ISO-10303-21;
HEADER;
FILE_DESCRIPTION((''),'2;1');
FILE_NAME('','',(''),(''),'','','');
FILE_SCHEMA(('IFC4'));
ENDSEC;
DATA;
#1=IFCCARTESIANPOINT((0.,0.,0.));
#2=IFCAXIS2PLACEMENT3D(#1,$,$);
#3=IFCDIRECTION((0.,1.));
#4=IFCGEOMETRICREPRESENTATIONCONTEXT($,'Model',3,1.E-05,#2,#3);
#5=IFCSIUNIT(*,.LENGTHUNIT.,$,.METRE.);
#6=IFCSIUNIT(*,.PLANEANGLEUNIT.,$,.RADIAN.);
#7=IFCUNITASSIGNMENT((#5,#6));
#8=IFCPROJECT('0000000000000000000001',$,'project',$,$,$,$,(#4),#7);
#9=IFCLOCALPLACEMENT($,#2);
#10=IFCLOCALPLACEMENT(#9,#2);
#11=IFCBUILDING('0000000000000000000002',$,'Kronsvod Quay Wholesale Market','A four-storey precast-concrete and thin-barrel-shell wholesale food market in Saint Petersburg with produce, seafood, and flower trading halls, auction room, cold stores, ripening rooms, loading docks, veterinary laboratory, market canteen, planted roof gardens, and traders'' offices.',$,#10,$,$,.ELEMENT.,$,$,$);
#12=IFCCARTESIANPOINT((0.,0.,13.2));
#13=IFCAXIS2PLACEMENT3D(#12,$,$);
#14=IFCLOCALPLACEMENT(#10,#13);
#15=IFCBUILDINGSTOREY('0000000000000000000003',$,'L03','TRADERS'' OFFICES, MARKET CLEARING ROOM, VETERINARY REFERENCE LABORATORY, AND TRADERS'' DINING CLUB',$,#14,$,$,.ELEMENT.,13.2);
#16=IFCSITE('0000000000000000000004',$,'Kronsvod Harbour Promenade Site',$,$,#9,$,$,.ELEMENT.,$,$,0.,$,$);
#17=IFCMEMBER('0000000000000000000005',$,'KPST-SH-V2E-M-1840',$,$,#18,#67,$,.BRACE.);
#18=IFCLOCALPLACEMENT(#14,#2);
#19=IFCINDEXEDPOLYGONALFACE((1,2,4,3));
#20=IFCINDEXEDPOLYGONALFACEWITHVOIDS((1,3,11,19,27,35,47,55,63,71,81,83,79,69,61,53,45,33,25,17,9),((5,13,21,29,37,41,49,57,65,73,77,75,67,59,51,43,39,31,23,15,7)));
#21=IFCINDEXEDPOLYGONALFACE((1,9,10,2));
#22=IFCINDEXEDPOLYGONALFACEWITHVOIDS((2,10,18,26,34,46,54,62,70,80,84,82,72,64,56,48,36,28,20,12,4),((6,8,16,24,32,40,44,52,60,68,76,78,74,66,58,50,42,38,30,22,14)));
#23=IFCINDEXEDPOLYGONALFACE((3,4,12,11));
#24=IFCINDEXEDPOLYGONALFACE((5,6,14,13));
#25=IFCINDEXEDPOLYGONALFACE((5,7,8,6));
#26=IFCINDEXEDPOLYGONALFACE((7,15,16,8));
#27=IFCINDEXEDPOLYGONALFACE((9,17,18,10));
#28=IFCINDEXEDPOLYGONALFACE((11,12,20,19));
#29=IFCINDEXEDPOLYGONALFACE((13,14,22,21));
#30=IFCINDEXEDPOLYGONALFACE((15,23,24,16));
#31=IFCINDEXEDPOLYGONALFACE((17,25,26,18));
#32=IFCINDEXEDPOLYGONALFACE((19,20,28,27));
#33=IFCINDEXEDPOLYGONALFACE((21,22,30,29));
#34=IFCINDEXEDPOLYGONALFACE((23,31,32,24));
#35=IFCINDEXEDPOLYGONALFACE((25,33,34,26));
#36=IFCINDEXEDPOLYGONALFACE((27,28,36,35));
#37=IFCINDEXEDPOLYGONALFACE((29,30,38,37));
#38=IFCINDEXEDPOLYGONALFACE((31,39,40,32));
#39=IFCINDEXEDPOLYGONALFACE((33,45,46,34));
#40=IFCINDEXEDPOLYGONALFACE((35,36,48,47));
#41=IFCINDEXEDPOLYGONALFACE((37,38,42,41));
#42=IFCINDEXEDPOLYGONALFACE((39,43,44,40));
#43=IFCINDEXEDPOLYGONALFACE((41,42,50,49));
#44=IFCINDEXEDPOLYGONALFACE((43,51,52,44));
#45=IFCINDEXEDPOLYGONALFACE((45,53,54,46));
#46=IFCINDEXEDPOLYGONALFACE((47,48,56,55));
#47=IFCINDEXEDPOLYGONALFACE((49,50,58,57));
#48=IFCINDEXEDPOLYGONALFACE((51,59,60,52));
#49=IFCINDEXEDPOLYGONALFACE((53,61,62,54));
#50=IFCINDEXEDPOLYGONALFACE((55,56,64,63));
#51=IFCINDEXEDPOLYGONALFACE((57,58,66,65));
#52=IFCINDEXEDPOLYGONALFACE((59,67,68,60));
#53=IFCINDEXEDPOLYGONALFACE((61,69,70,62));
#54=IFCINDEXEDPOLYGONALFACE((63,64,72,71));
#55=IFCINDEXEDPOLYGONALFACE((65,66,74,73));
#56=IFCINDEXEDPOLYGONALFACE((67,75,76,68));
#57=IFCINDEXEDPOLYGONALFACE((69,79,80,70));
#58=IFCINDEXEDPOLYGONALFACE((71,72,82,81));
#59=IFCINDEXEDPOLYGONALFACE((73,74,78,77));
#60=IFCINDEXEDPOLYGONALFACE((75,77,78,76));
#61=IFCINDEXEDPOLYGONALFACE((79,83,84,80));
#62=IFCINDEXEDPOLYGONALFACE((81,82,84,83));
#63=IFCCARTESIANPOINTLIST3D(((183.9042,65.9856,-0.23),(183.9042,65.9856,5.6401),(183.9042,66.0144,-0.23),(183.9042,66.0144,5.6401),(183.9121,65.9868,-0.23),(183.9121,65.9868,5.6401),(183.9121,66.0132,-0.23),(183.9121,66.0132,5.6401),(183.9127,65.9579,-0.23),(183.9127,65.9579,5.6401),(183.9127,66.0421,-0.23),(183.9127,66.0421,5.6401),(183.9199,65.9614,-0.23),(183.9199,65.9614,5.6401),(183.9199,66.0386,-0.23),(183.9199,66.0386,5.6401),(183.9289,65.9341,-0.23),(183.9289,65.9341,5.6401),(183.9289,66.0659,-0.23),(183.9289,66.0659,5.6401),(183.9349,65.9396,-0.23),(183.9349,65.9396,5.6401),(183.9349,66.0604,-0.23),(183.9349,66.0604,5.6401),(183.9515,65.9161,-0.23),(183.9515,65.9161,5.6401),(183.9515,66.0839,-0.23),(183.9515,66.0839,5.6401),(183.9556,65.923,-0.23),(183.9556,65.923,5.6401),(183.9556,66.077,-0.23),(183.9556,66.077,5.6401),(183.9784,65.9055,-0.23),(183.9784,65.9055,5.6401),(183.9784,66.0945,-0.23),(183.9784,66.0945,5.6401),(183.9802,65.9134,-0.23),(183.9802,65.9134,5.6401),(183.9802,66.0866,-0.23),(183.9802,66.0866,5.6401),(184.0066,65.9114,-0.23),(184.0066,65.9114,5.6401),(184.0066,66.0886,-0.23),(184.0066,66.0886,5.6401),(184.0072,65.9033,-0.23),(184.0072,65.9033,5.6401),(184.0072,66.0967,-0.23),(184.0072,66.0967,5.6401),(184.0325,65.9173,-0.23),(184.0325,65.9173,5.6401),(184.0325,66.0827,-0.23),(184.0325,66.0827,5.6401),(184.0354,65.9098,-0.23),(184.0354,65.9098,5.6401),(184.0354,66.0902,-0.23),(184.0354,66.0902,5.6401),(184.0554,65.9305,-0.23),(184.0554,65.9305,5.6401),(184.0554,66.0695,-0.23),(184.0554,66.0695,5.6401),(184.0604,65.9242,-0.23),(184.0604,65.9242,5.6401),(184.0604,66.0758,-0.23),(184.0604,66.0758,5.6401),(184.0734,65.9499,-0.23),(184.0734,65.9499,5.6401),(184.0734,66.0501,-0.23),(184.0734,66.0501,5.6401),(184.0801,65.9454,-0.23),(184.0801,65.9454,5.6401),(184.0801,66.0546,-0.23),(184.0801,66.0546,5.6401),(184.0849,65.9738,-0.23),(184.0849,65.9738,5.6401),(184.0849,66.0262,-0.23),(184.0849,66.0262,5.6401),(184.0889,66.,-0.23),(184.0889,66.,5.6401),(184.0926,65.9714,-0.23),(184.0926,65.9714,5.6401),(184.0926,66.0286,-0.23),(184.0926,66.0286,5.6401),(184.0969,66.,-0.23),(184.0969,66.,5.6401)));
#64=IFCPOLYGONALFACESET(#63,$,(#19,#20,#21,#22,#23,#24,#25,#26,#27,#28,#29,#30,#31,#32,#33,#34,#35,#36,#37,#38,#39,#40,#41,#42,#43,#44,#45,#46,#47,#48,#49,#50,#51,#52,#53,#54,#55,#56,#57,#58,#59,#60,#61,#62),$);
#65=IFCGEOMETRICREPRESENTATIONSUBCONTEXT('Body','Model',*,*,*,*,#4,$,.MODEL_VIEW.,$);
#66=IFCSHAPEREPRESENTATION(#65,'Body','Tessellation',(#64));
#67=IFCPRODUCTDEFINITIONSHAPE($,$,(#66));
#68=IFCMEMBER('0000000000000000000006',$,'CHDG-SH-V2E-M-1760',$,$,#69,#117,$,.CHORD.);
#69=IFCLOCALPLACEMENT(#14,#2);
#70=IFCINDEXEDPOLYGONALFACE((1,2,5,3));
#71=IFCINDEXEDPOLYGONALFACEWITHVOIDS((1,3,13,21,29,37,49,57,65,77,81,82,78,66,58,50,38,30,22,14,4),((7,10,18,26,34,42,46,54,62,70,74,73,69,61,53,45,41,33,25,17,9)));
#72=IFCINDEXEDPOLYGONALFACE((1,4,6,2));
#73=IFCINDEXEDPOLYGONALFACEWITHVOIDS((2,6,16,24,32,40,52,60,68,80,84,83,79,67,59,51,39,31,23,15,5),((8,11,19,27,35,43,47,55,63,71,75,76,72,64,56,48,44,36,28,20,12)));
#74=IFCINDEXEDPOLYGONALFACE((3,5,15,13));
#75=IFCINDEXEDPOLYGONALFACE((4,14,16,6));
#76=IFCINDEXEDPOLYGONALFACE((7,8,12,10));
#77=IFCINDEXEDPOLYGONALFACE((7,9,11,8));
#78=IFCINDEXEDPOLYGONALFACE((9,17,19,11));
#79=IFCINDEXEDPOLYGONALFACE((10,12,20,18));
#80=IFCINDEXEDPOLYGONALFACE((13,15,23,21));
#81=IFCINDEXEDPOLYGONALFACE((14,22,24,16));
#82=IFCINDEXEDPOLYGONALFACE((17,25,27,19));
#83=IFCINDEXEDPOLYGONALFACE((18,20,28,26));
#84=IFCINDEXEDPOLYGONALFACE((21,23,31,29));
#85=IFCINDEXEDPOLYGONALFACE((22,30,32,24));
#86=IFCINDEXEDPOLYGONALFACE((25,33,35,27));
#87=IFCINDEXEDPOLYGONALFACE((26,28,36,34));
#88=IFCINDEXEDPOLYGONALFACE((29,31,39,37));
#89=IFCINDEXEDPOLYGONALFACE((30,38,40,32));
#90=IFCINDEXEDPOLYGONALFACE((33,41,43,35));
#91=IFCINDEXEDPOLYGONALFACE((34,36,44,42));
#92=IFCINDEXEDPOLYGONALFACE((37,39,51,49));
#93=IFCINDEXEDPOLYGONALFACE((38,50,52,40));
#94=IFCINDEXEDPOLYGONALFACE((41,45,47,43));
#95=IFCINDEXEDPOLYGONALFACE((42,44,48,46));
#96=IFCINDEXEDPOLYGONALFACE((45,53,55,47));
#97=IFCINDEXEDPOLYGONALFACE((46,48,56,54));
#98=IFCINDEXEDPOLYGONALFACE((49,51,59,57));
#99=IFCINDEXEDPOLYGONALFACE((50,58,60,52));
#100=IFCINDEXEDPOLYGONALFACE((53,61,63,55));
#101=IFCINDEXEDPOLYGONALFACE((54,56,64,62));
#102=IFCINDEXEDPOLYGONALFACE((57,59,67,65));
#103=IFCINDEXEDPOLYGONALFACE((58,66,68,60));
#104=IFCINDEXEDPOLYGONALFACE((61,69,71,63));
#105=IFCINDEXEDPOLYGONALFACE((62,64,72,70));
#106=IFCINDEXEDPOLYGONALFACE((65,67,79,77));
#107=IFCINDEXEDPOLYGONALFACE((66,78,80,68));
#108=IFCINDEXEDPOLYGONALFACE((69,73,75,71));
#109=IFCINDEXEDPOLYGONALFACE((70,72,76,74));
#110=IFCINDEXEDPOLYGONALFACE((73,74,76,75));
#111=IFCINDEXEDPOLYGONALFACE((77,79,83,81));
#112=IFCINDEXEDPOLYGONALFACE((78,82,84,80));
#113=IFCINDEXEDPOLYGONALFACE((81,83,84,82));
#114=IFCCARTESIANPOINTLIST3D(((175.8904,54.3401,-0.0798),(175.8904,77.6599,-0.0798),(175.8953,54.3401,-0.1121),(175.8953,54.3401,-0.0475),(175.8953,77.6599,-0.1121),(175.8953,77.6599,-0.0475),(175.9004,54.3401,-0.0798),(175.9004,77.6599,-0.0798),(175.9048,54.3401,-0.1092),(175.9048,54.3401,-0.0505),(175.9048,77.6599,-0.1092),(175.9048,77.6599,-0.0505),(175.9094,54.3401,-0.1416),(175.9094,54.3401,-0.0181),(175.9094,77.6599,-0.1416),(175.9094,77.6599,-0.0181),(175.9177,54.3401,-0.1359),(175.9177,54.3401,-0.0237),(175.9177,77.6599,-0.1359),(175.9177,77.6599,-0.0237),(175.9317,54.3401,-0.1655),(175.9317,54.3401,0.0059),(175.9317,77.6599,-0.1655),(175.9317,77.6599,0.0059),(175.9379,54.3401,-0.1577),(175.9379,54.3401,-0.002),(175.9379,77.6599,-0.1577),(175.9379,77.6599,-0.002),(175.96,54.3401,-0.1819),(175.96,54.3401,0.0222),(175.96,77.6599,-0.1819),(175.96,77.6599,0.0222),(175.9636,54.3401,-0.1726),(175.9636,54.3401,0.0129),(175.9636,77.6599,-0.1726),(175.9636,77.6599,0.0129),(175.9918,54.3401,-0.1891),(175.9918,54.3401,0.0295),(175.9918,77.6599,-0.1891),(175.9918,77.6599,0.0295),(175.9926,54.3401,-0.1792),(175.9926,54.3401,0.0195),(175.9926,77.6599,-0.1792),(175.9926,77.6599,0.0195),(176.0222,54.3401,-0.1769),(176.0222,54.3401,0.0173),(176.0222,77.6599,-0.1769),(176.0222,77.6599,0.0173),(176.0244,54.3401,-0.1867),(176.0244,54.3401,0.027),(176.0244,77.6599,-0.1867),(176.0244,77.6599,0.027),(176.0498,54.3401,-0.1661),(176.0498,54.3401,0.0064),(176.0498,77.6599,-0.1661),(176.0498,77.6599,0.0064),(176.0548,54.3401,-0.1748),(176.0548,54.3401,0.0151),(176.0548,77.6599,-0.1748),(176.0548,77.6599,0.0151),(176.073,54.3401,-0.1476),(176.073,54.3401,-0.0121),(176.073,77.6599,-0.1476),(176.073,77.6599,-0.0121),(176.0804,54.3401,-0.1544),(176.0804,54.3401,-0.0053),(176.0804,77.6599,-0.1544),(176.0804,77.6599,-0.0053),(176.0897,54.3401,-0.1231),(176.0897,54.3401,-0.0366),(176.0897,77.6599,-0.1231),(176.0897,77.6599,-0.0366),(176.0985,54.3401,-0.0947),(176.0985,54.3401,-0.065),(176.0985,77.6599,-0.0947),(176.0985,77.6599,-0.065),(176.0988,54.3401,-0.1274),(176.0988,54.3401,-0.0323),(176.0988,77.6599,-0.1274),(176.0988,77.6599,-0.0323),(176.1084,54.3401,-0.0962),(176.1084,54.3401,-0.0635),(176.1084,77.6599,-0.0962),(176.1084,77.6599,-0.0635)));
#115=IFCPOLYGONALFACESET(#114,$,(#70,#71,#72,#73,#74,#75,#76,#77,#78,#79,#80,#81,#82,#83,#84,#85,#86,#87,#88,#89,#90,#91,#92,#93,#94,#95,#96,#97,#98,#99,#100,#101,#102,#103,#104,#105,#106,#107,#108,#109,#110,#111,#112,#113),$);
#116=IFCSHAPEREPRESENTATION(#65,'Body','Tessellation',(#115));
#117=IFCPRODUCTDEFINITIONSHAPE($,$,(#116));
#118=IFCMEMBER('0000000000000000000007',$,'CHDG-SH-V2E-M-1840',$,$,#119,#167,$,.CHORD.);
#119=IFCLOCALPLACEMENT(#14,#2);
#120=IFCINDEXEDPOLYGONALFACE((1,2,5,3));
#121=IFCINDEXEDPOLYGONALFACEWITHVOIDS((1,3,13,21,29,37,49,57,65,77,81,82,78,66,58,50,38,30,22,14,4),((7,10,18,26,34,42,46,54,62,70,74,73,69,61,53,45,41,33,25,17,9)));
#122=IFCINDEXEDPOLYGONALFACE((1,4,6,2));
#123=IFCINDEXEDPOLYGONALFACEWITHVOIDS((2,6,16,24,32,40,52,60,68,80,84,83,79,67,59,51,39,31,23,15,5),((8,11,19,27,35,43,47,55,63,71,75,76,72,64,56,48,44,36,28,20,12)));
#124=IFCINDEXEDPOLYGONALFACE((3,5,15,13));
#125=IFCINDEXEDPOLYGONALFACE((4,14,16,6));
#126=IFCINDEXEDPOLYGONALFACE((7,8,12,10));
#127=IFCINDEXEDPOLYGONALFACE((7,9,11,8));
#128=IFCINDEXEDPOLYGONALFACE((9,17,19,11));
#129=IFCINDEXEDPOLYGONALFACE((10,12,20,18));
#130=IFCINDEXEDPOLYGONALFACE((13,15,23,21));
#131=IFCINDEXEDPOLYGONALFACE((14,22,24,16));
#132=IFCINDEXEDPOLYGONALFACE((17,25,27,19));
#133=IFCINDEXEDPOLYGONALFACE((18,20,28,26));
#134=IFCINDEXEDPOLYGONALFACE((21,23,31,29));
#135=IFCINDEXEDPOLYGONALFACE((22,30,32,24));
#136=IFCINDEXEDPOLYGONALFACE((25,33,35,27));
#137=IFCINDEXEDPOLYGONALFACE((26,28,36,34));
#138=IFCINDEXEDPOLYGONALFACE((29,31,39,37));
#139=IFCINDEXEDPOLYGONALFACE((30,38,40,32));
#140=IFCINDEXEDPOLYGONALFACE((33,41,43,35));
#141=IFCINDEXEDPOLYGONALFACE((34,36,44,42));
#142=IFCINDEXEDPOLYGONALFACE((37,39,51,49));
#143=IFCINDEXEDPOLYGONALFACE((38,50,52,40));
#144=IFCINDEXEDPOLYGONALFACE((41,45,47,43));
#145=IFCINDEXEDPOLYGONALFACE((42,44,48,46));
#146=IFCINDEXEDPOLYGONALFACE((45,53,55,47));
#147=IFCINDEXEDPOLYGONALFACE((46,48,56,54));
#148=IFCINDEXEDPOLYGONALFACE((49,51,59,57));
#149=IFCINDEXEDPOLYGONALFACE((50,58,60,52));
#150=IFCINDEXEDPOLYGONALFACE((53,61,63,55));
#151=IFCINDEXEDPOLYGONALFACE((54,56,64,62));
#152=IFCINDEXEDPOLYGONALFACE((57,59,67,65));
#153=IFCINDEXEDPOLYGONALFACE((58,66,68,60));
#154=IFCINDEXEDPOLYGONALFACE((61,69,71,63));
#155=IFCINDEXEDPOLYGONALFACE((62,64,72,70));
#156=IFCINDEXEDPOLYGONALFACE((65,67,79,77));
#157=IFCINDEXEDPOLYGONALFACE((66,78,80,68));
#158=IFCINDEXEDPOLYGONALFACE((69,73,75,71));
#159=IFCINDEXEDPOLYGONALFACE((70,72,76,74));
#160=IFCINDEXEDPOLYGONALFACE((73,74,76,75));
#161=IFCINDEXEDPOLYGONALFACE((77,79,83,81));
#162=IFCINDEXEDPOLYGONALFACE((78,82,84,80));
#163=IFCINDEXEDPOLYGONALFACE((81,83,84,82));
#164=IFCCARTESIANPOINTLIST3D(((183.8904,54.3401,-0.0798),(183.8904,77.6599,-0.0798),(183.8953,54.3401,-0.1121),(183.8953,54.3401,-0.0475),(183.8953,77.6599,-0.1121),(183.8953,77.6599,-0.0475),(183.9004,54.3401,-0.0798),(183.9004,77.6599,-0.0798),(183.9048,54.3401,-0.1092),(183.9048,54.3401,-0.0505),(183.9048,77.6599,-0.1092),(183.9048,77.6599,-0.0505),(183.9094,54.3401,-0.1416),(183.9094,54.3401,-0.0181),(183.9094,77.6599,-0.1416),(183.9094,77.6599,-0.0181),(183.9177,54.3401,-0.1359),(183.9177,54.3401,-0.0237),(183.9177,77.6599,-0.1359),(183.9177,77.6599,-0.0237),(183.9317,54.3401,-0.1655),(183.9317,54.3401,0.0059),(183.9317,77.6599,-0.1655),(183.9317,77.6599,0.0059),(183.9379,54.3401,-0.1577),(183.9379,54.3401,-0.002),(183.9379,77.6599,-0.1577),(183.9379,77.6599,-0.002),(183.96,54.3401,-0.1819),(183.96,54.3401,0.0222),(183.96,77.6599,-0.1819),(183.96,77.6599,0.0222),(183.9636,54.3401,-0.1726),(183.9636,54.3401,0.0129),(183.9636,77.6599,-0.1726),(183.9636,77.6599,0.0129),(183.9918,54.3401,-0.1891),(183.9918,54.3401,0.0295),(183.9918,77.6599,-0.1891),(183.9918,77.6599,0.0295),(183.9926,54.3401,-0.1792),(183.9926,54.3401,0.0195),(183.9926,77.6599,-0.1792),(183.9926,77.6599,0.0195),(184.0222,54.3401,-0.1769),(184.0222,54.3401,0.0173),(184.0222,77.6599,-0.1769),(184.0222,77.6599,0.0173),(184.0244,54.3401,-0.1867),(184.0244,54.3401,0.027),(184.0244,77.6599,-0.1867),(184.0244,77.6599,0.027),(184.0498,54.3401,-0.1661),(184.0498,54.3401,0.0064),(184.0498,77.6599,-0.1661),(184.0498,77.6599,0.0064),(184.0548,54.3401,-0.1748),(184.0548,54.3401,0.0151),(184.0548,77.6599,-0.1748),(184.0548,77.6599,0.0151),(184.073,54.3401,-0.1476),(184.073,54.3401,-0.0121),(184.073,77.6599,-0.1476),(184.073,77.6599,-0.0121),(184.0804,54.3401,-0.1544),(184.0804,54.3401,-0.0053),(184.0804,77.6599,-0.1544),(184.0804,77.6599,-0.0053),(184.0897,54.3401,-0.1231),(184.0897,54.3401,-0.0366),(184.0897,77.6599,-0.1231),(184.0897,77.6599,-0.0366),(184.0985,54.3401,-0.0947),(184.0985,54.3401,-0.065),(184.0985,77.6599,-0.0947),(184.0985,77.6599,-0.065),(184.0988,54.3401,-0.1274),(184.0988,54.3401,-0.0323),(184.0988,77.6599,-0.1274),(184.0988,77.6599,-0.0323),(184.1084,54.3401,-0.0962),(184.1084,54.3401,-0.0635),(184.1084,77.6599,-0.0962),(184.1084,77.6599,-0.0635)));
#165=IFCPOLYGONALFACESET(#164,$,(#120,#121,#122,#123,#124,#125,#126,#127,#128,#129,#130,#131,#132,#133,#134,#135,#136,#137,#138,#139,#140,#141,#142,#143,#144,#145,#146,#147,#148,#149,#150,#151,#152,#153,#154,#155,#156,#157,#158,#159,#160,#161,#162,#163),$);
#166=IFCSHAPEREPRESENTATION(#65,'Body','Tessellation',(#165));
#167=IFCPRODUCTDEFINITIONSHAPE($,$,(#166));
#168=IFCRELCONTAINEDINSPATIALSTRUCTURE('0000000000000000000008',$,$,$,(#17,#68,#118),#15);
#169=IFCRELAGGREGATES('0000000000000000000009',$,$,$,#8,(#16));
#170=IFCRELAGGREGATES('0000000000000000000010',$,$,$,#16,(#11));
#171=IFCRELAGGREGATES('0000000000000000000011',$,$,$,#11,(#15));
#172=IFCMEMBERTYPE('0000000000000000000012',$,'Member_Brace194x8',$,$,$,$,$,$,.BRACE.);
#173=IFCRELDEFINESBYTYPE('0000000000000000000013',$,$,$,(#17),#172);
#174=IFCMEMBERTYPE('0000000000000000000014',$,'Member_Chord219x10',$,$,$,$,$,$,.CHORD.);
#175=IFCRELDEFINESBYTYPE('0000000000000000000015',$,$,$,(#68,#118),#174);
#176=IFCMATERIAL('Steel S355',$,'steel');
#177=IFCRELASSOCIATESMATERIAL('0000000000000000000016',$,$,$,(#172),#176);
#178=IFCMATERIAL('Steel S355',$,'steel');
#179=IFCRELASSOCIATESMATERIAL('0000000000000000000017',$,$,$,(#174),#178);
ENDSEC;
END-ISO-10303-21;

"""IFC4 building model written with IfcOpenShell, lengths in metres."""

from ifc_helpers import new_model, si_unit, direction, frame, origin, origin_2d, place, context, subcontext, project, spatial, hollow_circle, extrude, material, material_profile, profile_set, type_object, element, save


model = new_model("IFC4")

# Units and contexts
model_context = context("Model", 3, precision=1e-05, world=origin(), true_north=direction((0.0, 1.0)))
body_context = subcontext(model_context, "Body", "Model", "MODEL_VIEW")
ifc_project = project(units=[si_unit("LENGTHUNIT", "METRE"), si_unit("PLANEANGLEUNIT", "RADIAN")], contexts=[model_context])

# Site, building, storey
site_placement = place(None, origin())
site = spatial("IfcSite", under=ifc_project, at=site_placement, Name="Kronsvod Harbour Promenade Site", CompositionType="ELEMENT", RefElevation=0.0)
building_placement = place(site_placement, origin())
building = spatial("IfcBuilding", under=site, at=building_placement, Name="Kronsvod Quay Wholesale Market", Description="A four-storey precast-concrete and thin-barrel-shell wholesale food market in Saint Petersburg with produce, seafood, and flower trading halls, auction room, cold stores, ripening rooms, loading docks, veterinary laboratory, market canteen, planted roof gardens, and traders' offices.", CompositionType="ELEMENT")
storey_placement = place(building_placement, frame((0.0, 0.0, 13.2)))
storey = spatial("IfcBuildingStorey", under=building, at=storey_placement, Name="L03", Description="TRADERS' OFFICES, MARKET CLEARING ROOM, VETERINARY REFERENCE LABORATORY, AND TRADERS' DINING CLUB", CompositionType="ELEMENT", Elevation=13.2)

# Members
ifc_material_1 = material(Name="Steel S355", Category="steel")
ifc_material_profile_1 = material_profile(ifc_material_1, hollow_circle(Radius=0.0969, WallThickness=0.0081, at=origin_2d()), Name="CHS194x8")
ifc_profile_set_1 = profile_set([ifc_material_profile_1], Name="Steel S355")
member_type_1 = type_object("IfcMemberType", Name="Member_Brace194x8", PredefinedType="BRACE", material=ifc_profile_set_1)
for number, where, z_axis, x_axis, name in (
    (1, (184.0, 66.0, -0.23), (0.0, 0.0, 1.0), (1.0, 0.0, 0.0), "KPST-SH-V2E-M-1840"),
):
    element("IfcMember", number, at=place(storey_placement, frame(where, z_axis=z_axis, x_axis=x_axis)), inside=storey, type_object=member_type_1, Name=name, PredefinedType="BRACE", context=body_context, shape_type="SweptSolid", body=[
        extrude(hollow_circle(Radius=0.0969, WallThickness=0.0081, at=origin_2d()), origin(), (0.0, 0.0, 1.0), 5.8701),
    ])
ifc_material_2 = material(Name="Steel S355", Category="steel")
ifc_material_profile_2 = material_profile(ifc_material_2, hollow_circle(Radius=0.1096, WallThickness=0.01, at=origin_2d()), Name="CHS219x10")
ifc_profile_set_2 = profile_set([ifc_material_profile_2], Name="Steel S355")
member_type_2 = type_object("IfcMemberType", Name="Member_Chord219x10", PredefinedType="CHORD", material=ifc_profile_set_2)
for number, where, z_axis, x_axis, name in (
    (2, (176.0, 54.3401, -0.0798), (0.0, 1.0, 0.0), (-1.0, 0.0, 0.0), "CHDG-SH-V2E-M-1760"),
    (3, (184.0, 54.3401, -0.0798), (0.0, 1.0, 0.0), (-1.0, 0.0, 0.0), "CHDG-SH-V2E-M-1840"),
):
    element("IfcMember", number, at=place(storey_placement, frame(where, z_axis=z_axis, x_axis=x_axis)), inside=storey, type_object=member_type_2, Name=name, PredefinedType="CHORD", context=body_context, shape_type="SweptSolid", body=[
        extrude(hollow_circle(Radius=0.1096, WallThickness=0.01, at=origin_2d()), origin(), (0.0, 0.0, 1.0), 23.3198),
    ])

save(model, "model.ifc")
